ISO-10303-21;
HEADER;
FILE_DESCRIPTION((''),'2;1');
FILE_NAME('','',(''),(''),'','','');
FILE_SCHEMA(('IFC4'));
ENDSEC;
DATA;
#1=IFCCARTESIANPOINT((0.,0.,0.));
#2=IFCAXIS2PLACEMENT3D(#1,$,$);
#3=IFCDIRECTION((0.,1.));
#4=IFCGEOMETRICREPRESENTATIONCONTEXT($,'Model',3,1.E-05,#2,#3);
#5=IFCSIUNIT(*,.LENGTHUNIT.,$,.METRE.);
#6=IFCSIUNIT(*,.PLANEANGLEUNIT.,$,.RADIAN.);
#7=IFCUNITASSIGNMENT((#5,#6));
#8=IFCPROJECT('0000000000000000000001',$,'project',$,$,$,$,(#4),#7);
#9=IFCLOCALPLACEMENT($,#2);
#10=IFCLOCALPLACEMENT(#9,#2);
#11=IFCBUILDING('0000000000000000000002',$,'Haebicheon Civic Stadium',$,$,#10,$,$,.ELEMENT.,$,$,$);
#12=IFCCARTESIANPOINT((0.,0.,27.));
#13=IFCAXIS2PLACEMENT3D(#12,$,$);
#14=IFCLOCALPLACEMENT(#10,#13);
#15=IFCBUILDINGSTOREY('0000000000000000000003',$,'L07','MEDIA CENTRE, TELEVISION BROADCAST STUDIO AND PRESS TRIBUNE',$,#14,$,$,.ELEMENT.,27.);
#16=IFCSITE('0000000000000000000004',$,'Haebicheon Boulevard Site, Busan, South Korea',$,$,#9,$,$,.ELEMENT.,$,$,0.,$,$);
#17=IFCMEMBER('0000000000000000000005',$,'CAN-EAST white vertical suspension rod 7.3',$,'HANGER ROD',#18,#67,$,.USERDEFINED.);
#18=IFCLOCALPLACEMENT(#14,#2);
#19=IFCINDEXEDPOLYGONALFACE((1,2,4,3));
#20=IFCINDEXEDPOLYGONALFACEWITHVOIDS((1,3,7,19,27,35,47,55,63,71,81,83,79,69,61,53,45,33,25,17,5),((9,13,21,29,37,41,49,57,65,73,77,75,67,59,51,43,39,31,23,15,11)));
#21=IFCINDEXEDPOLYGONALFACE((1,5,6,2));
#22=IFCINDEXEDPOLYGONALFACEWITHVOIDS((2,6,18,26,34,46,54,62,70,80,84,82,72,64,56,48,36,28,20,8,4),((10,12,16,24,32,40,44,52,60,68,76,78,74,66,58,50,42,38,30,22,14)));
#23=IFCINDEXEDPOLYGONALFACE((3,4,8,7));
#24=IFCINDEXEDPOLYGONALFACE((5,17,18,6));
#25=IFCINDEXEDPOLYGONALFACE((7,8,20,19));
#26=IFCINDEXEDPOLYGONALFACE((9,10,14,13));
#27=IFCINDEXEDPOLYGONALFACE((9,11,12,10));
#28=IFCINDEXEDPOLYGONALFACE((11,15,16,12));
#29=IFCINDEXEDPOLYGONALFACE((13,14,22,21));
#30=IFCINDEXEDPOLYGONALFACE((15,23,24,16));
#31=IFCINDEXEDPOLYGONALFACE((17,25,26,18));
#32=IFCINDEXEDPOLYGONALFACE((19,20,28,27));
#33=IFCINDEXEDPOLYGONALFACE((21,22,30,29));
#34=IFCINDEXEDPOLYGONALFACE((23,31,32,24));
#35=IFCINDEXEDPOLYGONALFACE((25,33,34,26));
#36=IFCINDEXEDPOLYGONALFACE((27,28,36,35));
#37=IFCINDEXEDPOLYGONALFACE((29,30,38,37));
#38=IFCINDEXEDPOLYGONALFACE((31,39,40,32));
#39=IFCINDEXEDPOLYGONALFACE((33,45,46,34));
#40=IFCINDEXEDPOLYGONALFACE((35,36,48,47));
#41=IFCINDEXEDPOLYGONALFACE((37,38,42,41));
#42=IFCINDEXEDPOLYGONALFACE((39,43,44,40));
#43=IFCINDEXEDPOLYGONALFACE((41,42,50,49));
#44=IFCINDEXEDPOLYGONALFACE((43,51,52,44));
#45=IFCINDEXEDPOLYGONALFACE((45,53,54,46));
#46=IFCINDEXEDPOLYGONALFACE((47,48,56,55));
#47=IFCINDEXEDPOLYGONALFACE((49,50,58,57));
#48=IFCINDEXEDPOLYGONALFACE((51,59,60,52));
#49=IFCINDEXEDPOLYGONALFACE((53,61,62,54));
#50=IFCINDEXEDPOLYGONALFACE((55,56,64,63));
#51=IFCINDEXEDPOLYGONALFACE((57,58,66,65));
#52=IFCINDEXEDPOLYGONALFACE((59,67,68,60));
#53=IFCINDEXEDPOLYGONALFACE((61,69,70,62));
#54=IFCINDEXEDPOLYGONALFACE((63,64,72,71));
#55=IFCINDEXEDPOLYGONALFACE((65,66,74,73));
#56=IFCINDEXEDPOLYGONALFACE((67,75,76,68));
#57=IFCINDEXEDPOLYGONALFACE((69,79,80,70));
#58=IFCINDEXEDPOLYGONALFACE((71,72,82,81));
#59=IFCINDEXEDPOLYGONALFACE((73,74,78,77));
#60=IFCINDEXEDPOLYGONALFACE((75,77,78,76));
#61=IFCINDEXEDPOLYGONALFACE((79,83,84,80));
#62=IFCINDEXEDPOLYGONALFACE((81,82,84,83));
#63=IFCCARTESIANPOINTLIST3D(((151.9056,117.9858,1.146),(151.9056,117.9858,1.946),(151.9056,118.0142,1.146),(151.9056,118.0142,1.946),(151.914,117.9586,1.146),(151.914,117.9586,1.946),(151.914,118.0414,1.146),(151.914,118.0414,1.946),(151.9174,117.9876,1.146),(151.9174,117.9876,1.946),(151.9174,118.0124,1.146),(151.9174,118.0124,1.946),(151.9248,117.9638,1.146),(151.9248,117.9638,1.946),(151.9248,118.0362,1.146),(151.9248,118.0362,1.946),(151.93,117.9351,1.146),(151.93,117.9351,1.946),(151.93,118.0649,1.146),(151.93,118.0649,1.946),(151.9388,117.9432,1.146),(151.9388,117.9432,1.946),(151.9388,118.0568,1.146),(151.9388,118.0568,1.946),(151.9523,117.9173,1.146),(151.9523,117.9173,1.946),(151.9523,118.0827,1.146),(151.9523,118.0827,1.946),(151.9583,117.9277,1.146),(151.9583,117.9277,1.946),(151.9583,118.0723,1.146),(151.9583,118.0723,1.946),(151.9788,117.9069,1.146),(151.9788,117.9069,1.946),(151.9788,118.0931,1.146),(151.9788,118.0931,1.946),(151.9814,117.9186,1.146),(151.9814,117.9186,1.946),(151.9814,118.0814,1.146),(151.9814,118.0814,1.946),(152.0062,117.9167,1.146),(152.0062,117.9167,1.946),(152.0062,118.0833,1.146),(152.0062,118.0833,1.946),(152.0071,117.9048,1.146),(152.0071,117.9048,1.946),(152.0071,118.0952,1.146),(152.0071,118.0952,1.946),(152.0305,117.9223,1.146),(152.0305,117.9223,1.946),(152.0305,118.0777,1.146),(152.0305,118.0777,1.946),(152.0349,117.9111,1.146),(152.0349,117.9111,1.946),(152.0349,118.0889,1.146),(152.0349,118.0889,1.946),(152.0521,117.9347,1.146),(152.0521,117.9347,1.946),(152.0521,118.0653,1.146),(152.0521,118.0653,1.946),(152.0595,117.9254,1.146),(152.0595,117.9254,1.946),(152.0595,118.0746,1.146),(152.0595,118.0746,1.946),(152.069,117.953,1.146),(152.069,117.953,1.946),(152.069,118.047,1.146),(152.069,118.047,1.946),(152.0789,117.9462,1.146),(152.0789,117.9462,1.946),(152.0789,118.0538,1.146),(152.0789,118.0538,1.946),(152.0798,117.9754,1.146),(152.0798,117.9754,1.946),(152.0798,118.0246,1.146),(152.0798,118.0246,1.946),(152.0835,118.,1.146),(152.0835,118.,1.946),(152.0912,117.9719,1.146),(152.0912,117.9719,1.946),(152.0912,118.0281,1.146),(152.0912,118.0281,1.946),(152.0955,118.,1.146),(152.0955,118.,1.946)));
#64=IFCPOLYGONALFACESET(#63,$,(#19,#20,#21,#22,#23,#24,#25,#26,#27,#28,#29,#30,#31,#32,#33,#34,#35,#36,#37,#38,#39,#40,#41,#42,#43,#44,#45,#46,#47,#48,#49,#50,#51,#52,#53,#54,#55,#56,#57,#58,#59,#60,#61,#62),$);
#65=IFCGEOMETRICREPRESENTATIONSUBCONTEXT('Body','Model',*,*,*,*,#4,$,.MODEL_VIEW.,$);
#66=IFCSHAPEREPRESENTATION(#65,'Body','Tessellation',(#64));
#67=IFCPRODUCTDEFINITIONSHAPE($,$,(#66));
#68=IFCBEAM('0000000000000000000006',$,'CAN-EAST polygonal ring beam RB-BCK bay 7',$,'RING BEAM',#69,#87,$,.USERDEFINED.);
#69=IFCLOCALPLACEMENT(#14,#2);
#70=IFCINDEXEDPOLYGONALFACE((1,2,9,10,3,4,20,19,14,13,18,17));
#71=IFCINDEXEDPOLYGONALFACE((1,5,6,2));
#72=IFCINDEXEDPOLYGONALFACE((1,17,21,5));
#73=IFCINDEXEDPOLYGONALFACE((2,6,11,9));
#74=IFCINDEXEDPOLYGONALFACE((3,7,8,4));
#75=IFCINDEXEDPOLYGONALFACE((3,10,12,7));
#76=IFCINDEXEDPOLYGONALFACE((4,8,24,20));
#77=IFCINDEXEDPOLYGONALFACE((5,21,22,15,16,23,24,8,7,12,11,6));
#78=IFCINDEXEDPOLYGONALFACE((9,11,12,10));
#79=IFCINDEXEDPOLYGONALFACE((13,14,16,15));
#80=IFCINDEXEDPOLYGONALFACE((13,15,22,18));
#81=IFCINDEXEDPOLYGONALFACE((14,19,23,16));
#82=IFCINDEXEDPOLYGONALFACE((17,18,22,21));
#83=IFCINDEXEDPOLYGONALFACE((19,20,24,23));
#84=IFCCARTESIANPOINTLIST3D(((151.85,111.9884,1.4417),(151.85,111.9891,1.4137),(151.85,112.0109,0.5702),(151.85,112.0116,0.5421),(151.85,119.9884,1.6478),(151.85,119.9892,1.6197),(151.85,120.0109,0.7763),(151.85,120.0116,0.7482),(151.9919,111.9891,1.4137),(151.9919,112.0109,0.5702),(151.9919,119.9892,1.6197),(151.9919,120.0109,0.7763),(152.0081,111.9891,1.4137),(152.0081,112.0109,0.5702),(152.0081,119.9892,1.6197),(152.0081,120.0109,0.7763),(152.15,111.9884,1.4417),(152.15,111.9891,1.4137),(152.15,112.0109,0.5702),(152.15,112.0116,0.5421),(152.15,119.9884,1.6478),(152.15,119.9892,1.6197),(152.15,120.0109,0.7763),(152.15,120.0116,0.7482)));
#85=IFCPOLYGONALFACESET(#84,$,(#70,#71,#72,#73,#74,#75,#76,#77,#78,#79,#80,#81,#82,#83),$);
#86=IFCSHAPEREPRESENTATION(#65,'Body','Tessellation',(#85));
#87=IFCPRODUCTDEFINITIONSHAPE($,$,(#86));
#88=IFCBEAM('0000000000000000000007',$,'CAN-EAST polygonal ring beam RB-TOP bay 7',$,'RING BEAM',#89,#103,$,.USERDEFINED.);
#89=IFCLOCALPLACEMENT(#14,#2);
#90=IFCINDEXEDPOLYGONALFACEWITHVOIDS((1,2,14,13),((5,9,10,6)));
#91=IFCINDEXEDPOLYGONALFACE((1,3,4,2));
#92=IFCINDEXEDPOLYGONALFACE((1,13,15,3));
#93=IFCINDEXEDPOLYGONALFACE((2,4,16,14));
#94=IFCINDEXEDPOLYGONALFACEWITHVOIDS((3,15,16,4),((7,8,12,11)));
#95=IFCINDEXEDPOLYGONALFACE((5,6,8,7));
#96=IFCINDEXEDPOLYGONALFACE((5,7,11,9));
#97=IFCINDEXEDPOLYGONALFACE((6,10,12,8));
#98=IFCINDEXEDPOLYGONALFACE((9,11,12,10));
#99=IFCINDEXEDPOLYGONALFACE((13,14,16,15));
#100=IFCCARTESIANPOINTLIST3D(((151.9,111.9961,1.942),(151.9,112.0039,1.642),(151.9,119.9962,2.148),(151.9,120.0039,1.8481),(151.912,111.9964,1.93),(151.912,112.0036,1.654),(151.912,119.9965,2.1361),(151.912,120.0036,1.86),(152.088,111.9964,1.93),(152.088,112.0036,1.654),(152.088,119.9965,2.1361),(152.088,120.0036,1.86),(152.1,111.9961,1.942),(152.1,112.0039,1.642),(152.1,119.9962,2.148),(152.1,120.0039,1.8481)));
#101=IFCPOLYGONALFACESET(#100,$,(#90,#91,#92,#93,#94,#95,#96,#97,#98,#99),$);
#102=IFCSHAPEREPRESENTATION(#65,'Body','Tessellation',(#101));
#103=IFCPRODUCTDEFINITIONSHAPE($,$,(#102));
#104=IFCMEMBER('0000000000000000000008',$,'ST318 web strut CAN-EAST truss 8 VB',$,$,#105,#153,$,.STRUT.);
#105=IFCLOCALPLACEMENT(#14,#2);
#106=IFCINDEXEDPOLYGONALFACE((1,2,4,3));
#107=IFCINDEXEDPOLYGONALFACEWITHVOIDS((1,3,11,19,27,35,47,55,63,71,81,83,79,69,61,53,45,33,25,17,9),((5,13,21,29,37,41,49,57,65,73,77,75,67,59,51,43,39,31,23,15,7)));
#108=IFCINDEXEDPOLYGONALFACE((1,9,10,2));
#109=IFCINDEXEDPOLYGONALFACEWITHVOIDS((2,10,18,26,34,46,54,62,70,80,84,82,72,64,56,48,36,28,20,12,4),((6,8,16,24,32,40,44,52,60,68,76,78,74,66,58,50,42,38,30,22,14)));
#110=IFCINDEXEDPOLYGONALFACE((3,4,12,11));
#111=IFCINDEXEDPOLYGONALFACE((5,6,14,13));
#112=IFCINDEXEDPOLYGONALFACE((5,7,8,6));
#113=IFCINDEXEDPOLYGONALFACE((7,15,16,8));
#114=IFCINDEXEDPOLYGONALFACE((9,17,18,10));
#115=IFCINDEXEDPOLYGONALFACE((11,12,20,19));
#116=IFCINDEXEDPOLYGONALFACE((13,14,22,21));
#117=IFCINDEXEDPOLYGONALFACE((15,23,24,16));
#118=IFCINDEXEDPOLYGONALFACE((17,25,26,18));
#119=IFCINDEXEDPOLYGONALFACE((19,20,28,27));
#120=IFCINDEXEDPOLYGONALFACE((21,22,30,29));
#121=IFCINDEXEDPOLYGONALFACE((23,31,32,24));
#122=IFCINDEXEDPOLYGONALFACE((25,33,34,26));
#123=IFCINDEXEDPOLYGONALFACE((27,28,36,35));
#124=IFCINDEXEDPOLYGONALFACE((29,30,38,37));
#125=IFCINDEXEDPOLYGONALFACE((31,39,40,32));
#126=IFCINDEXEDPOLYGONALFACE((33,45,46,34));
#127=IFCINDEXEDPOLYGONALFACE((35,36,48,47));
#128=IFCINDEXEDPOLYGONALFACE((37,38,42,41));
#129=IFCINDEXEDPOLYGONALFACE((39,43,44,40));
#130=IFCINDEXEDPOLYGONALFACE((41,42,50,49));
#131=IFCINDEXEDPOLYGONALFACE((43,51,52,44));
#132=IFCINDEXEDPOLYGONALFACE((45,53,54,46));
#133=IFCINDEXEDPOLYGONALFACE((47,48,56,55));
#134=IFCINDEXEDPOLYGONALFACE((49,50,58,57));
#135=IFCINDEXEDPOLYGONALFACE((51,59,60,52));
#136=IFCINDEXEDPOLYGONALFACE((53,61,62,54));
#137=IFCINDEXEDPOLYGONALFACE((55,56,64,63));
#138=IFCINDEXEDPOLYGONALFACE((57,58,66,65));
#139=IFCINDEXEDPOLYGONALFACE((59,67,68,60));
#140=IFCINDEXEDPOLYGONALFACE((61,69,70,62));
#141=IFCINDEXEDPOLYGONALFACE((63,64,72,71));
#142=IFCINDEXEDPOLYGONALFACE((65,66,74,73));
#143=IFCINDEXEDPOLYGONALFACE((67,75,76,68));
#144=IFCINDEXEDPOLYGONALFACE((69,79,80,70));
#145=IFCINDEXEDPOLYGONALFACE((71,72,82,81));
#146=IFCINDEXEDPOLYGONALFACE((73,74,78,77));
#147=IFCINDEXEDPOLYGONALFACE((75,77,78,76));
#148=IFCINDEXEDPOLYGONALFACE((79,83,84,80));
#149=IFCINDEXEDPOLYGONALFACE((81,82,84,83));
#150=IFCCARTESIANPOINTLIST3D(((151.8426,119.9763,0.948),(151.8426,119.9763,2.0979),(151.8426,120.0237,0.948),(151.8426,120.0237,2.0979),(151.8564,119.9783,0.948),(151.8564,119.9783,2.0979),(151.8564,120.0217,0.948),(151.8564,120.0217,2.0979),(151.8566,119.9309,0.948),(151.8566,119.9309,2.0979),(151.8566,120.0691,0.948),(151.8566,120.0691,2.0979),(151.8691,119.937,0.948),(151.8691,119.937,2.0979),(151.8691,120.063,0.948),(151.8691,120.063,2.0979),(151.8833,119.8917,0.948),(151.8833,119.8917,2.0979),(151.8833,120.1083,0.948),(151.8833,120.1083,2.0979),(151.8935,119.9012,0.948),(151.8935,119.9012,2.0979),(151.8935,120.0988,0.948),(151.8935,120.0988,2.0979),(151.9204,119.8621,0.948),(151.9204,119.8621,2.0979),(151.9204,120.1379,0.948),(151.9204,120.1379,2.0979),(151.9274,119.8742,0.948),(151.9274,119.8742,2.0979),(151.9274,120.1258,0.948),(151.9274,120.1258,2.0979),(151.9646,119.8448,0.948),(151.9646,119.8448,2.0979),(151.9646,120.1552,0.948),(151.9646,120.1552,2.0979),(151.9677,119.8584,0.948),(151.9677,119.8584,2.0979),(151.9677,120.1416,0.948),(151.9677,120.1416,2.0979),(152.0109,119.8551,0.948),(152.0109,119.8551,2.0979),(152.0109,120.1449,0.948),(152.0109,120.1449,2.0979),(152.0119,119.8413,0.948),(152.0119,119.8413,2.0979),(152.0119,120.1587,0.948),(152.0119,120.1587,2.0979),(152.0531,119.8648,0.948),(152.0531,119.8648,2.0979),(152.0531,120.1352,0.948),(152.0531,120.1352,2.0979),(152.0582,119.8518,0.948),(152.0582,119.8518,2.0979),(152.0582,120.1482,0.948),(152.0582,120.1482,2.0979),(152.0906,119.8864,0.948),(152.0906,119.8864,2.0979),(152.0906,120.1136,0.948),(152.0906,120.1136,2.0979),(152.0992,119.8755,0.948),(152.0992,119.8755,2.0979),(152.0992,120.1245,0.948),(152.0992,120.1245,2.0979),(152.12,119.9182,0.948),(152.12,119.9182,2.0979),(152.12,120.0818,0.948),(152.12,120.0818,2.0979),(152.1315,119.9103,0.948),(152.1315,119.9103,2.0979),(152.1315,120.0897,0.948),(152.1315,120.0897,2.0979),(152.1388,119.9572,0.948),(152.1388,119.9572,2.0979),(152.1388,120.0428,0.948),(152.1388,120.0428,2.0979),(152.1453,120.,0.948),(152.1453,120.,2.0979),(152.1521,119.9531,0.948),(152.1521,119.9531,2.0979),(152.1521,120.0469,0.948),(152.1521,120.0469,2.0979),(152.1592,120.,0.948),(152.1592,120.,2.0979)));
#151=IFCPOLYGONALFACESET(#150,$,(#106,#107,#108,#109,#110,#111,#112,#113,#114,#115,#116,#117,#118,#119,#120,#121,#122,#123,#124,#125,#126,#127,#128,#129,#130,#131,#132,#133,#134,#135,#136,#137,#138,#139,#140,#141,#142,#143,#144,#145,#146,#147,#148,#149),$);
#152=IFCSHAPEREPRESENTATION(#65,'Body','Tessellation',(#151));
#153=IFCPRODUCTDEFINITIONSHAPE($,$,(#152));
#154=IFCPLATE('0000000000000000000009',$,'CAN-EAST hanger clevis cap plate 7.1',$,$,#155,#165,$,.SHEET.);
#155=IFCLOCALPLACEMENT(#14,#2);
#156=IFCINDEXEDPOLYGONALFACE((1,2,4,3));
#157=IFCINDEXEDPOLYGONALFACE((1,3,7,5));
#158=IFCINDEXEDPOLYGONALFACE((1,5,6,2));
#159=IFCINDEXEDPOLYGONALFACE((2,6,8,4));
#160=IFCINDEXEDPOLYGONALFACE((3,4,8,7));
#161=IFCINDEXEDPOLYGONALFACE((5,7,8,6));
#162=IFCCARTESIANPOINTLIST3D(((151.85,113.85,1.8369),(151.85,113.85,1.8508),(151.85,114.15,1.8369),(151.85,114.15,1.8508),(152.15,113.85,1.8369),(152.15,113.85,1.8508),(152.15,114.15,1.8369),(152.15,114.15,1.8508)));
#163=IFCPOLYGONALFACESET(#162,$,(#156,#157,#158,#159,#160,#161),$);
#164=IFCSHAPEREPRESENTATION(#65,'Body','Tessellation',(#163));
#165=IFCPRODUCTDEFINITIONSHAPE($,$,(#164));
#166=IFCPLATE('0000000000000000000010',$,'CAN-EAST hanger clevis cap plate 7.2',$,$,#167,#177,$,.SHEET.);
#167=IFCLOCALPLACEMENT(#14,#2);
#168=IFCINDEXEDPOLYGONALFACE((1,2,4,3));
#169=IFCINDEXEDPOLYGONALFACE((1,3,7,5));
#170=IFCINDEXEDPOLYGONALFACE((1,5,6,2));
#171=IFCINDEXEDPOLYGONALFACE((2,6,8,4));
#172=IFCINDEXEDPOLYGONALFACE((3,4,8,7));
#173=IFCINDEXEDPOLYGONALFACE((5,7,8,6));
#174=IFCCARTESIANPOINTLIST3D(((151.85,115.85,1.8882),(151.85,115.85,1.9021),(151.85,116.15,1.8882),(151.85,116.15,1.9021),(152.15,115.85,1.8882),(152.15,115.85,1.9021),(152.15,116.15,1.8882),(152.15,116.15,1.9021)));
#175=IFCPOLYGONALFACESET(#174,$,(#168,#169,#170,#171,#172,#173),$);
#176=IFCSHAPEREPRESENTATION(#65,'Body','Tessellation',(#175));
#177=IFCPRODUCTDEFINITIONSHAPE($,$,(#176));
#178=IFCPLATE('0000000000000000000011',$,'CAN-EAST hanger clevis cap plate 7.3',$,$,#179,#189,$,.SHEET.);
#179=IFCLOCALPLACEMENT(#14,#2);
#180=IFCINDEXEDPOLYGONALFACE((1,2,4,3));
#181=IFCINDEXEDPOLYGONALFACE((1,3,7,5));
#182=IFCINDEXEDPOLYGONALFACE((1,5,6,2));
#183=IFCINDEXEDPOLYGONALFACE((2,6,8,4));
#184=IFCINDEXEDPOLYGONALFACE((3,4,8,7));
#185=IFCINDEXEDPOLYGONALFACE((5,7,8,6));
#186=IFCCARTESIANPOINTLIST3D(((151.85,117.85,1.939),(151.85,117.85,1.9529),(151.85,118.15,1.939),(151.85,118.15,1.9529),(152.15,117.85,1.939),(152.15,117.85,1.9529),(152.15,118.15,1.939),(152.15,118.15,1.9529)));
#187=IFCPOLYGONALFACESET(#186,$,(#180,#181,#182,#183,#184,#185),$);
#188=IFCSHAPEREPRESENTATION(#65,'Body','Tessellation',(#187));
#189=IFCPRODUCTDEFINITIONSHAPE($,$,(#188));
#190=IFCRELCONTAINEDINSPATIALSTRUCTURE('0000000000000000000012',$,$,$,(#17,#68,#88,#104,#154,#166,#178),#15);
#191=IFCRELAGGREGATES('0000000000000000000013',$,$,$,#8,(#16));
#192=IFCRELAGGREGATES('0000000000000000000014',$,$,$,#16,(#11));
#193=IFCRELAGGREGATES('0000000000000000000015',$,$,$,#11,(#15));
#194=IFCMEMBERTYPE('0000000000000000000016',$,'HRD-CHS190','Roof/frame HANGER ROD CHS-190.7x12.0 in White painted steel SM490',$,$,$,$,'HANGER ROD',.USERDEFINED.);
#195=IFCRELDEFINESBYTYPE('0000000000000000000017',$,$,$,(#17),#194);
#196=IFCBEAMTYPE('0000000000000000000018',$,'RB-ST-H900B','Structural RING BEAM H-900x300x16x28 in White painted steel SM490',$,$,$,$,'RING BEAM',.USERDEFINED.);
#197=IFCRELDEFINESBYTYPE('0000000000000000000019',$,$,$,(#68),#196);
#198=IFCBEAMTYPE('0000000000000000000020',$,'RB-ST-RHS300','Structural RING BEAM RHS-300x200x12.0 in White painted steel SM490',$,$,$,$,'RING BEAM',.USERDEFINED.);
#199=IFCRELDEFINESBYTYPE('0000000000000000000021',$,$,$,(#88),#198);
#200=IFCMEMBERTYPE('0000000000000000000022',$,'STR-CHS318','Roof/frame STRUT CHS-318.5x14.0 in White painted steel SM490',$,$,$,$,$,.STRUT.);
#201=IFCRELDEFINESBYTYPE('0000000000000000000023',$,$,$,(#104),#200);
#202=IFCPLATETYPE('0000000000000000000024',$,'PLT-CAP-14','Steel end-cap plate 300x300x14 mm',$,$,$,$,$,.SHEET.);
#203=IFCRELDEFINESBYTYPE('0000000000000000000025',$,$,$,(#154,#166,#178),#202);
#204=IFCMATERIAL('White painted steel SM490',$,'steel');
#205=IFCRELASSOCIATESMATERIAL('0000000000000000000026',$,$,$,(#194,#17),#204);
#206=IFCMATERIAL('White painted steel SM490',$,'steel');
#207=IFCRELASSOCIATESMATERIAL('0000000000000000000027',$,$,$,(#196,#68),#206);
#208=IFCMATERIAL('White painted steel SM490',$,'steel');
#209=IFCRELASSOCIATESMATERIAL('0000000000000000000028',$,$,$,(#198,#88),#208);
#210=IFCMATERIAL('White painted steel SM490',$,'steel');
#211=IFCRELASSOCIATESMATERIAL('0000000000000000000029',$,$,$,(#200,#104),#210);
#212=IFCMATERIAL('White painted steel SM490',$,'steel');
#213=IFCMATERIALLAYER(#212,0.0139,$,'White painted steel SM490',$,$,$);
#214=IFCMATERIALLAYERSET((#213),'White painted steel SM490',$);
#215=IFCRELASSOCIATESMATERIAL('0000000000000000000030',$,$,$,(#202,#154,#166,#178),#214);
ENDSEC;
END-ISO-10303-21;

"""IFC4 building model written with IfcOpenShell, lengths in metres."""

from ifc_helpers import new_model, si_unit, direction, frame, origin, origin_2d, place, context, subcontext, project, spatial, rectangle, hollow_rectangle, hollow_circle, i_section, extrude, material, layer, layer_set, material_profile, profile_set, type_object, element, save


model = new_model("IFC4")

# Units and contexts
model_context = context("Model", 3, precision=1e-05, world=origin(), true_north=direction((0.0, 1.0)))
body_context = subcontext(model_context, "Body", "Model", "MODEL_VIEW")
ifc_project = project(units=[si_unit("LENGTHUNIT", "METRE"), si_unit("PLANEANGLEUNIT", "RADIAN")], contexts=[model_context])

# Site, building, storey
site_placement = place(None, origin())
site = spatial("IfcSite", under=ifc_project, at=site_placement, Name="Haebicheon Boulevard Site, Busan, South Korea", CompositionType="ELEMENT", RefElevation=0.0)
building_placement = place(site_placement, origin())
building = spatial("IfcBuilding", under=site, at=building_placement, Name="Haebicheon Civic Stadium", CompositionType="ELEMENT")
storey_placement = place(building_placement, frame((0.0, 0.0, 27.0)))
storey = spatial("IfcBuildingStorey", under=building, at=storey_placement, Name="L07", Description="MEDIA CENTRE, TELEVISION BROADCAST STUDIO AND PRESS TRIBUNE", CompositionType="ELEMENT", Elevation=27.0)

# Member
ifc_material_1 = material(Name="White painted steel SM490", Category="steel")
ifc_material_profile_1 = material_profile(ifc_material_1, hollow_circle(Radius=0.0955, WallThickness=0.012, at=origin_2d()), Name="CHS-190.7x12.0")
ifc_profile_set_1 = profile_set([ifc_material_profile_1], Name="White painted steel SM490")
member_type_1 = type_object("IfcMemberType", Name="HRD-CHS190", Description="Roof/frame HANGER ROD CHS-190.7x12.0 in White painted steel SM490", ElementType="HANGER ROD", PredefinedType="USERDEFINED", material=ifc_profile_set_1)
for number, where, z_axis, x_axis, name in (
    (1, (152.0, 118.0, 1.146), (0.0, 0.0, 1.0), (1.0, 0.0, 0.0), "CAN-EAST white vertical suspension rod 7.3"),
):
    element("IfcMember", number, at=place(storey_placement, frame(where, z_axis=z_axis, x_axis=x_axis)), inside=storey, type_object=member_type_1, material=ifc_profile_set_1, Name=name, ObjectType="HANGER ROD", PredefinedType="USERDEFINED", context=body_context, shape_type="SweptSolid", body=[
        extrude(hollow_circle(Radius=0.0955, WallThickness=0.012, at=origin_2d()), origin(), (0.0, 0.0, 1.0), 0.8),
    ])

# Beams
ifc_material_2 = material(Name="White painted steel SM490", Category="steel")
ifc_material_profile_2 = material_profile(ifc_material_2, i_section(OverallWidth=0.3, OverallDepth=0.8999, WebThickness=0.0161, FlangeThickness=0.0281, at=origin_2d()), Name="H-900x300x16x28")
ifc_profile_set_2 = profile_set([ifc_material_profile_2], Name="White painted steel SM490")
beam_type_1 = type_object("IfcBeamType", Name="RB-ST-H900B", Description="Structural RING BEAM H-900x300x16x28 in White painted steel SM490", ElementType="RING BEAM", PredefinedType="USERDEFINED", material=ifc_profile_set_2)
beam_1_placement = place(storey_placement, frame((152.0, 112.0, 0.9919), z_axis=(0.0, 0.999668, 0.025748), x_axis=(-1.0, 0.0, 0.0)))
element("IfcBeam", 2, at=beam_1_placement, inside=storey, type_object=beam_type_1, material=ifc_profile_set_2, Name="CAN-EAST polygonal ring beam RB-BCK bay 7", ObjectType="RING BEAM", PredefinedType="USERDEFINED", context=body_context, shape_type="SweptSolid", body=[
    extrude(i_section(OverallWidth=0.3, OverallDepth=0.8999, WebThickness=0.0161, FlangeThickness=0.0281, at=origin_2d()), origin(), (0.0, 0.0, 1.0), 8.0027),
])
ifc_material_3 = material(Name="White painted steel SM490", Category="steel")
ifc_material_profile_3 = material_profile(ifc_material_3, hollow_rectangle(XDim=0.2, YDim=0.3, WallThickness=0.012, at=origin_2d()), Name="RHS-300x200x12.0")
ifc_profile_set_3 = profile_set([ifc_material_profile_3], Name="White painted steel SM490")
beam_type_2 = type_object("IfcBeamType", Name="RB-ST-RHS300", Description="Structural RING BEAM RHS-300x200x12.0 in White painted steel SM490", ElementType="RING BEAM", PredefinedType="USERDEFINED", material=ifc_profile_set_3)
beam_2_placement = place(storey_placement, frame((152.0, 112.0, 1.792), z_axis=(0.0, 0.999668, 0.025748), x_axis=(-1.0, 0.0, 0.0)))
element("IfcBeam", 3, at=beam_2_placement, inside=storey, type_object=beam_type_2, material=ifc_profile_set_3, Name="CAN-EAST polygonal ring beam RB-TOP bay 7", ObjectType="RING BEAM", PredefinedType="USERDEFINED", context=body_context, shape_type="SweptSolid", body=[
    extrude(hollow_rectangle(XDim=0.2, YDim=0.3, WallThickness=0.012, at=origin_2d()), origin(), (0.0, 0.0, 1.0), 8.0027),
])

# Member
ifc_material_4 = material(Name="White painted steel SM490", Category="steel")
ifc_material_profile_4 = material_profile(ifc_material_4, hollow_circle(Radius=0.1592, WallThickness=0.0139, at=origin_2d()), Name="CHS-318.5x14.0")
ifc_profile_set_4 = profile_set([ifc_material_profile_4], Name="White painted steel SM490")
member_type_2 = type_object("IfcMemberType", Name="STR-CHS318", Description="Roof/frame STRUT CHS-318.5x14.0 in White painted steel SM490", PredefinedType="STRUT", material=ifc_profile_set_4)
member_1_placement = place(storey_placement, frame((152.0, 120.0, 0.948), z_axis=(0.0, 0.0, 1.0), x_axis=(1.0, 0.0, 0.0)))
element("IfcMember", 4, at=member_1_placement, inside=storey, type_object=member_type_2, material=ifc_profile_set_4, Name="ST318 web strut CAN-EAST truss 8 VB", PredefinedType="STRUT", context=body_context, shape_type="SweptSolid", body=[
    extrude(hollow_circle(Radius=0.1592, WallThickness=0.0139, at=origin_2d()), origin(), (0.0, 0.0, 1.0), 1.1499),
])

# Plates
ifc_material_5 = material(Name="White painted steel SM490", Category="steel")
ifc_layer_1 = layer(ifc_material_5, 0.0139, Name="White painted steel SM490")
ifc_layer_set_1 = layer_set([ifc_layer_1], Name="White painted steel SM490")
plate_type = type_object("IfcPlateType", Name="PLT-CAP-14", Description="Steel end-cap plate 300x300x14 mm", PredefinedType="SHEET", material=ifc_layer_set_1)
for number, where, z_axis, x_axis, name in (
    (5, (152.0, 114.0, 1.8369), (0.0, 0.0, 1.0), (1.0, 0.0, 0.0), "CAN-EAST hanger clevis cap plate 7.1"),
    (6, (152.0, 116.0, 1.8882), (0.0, 0.0, 1.0), (1.0, 0.0, 0.0), "CAN-EAST hanger clevis cap plate 7.2"),
    (7, (152.0, 118.0, 1.939), (0.0, 0.0, 1.0), (1.0, 0.0, 0.0), "CAN-EAST hanger clevis cap plate 7.3"),
):
    element("IfcPlate", number, at=place(storey_placement, frame(where, z_axis=z_axis, x_axis=x_axis)), inside=storey, type_object=plate_type, material=ifc_layer_set_1, Name=name, PredefinedType="SHEET", context=body_context, shape_type="SweptSolid", body=[
        extrude(rectangle(XDim=0.3, YDim=0.3, at=origin_2d()), origin(), (0.0, 0.0, 1.0), 0.0139),
    ])

save(model, "model.ifc")
